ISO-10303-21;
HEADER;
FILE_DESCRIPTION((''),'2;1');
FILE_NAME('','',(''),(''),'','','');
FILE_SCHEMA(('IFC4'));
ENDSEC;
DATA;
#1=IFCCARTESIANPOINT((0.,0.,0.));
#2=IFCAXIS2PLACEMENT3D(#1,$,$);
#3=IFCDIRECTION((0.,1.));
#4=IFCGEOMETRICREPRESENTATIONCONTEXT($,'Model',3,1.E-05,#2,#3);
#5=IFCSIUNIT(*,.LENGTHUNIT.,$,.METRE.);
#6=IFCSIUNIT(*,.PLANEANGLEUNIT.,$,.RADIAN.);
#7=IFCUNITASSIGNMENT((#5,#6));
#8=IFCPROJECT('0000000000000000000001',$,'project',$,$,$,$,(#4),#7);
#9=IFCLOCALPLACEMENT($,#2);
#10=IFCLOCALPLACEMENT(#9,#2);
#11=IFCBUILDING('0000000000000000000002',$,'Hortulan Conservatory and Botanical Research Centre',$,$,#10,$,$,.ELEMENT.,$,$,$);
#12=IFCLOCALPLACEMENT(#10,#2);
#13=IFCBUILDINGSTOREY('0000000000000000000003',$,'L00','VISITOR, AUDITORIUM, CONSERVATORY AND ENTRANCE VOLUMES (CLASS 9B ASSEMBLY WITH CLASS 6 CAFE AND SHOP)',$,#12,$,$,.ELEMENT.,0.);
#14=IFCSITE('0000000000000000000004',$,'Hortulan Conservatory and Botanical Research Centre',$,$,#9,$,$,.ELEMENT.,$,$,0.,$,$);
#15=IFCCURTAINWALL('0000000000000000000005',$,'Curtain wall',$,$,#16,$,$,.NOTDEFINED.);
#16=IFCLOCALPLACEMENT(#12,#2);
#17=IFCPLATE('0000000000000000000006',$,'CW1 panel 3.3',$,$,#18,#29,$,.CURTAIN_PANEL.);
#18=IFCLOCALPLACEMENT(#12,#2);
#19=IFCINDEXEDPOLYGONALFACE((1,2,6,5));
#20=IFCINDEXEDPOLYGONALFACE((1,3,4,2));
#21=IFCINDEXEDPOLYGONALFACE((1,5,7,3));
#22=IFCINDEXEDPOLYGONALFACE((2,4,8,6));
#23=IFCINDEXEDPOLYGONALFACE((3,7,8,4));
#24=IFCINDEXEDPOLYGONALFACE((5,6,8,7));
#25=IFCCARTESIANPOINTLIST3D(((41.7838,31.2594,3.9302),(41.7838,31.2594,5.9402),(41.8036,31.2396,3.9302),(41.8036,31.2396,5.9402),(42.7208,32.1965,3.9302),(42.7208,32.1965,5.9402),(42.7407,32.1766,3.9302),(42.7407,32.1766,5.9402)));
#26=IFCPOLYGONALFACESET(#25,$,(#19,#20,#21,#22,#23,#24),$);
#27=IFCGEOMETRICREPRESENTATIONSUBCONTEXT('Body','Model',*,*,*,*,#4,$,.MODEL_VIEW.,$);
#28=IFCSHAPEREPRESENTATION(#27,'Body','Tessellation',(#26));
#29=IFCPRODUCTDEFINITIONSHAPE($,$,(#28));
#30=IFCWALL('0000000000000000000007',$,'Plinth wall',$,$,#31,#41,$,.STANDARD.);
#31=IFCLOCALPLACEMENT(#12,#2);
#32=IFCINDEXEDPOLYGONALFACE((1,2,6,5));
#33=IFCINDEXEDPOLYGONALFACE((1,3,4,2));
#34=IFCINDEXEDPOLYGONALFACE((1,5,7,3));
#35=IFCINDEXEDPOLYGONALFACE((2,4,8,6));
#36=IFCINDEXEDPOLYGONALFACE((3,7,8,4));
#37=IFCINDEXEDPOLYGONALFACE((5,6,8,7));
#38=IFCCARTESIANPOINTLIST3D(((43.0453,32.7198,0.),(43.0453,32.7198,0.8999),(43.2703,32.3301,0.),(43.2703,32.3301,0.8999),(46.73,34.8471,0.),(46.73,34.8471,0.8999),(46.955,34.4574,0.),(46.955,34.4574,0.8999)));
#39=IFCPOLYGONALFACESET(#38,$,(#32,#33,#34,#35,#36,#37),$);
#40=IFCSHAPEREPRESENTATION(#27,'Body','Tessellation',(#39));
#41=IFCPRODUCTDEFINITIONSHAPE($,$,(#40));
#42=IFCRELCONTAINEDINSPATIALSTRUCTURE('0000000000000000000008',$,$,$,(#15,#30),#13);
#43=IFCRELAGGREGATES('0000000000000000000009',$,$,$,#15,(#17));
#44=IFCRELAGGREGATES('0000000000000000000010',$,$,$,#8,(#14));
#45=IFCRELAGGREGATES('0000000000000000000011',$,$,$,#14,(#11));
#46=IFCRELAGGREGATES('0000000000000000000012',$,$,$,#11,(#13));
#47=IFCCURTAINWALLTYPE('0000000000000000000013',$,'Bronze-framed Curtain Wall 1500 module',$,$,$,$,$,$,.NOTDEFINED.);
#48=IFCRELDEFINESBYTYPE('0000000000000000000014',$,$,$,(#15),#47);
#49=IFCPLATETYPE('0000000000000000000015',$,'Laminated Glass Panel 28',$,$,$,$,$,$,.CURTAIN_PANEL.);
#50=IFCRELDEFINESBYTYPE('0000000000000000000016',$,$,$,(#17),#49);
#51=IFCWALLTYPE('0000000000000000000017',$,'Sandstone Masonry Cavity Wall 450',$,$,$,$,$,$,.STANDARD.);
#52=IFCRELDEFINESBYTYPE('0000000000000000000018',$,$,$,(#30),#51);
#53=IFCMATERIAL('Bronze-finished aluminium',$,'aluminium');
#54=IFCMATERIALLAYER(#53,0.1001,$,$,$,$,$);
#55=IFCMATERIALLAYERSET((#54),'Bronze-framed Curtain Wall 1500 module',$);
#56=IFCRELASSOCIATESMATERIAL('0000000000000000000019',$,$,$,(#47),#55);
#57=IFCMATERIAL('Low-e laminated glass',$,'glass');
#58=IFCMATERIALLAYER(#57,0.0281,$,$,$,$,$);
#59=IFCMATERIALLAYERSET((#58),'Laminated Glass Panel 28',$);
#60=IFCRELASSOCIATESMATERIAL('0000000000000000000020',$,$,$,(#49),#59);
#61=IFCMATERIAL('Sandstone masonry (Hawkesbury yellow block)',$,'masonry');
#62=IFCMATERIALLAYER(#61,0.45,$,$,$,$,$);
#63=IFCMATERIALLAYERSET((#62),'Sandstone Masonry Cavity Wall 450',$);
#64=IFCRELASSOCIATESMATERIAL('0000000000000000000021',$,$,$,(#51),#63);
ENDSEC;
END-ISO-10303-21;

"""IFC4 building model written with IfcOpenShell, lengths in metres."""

from ifc_helpers import new_model, si_unit, direction, frame, frame_2d, origin, origin_2d, place, context, subcontext, project, spatial, rectangle, extrude, material, layer, layer_set, type_object, element, aggregate, save


model = new_model("IFC4")

# Units and contexts
model_context = context("Model", 3, precision=1e-05, world=origin(), true_north=direction((0.0, 1.0)))
body_context = subcontext(model_context, "Body", "Model", "MODEL_VIEW")
ifc_project = project(units=[si_unit("LENGTHUNIT", "METRE"), si_unit("PLANEANGLEUNIT", "RADIAN")], contexts=[model_context])

# Site, building, storey
site_placement = place(None, origin())
site = spatial("IfcSite", under=ifc_project, at=site_placement, Name="Hortulan Conservatory and Botanical Research Centre", CompositionType="ELEMENT", RefElevation=0.0)
building_placement = place(site_placement, origin())
building = spatial("IfcBuilding", under=site, at=building_placement, Name="Hortulan Conservatory and Botanical Research Centre", CompositionType="ELEMENT")
storey_placement = place(building_placement, origin())
storey = spatial("IfcBuildingStorey", under=building, at=storey_placement, Name="L00", Description="VISITOR, AUDITORIUM, CONSERVATORY AND ENTRANCE VOLUMES (CLASS 9B ASSEMBLY WITH CLASS 6 CAFE AND SHOP)", CompositionType="ELEMENT", Elevation=0.0)

# Shared definitions
ifc_material_1 = material(Name="Bronze-finished aluminium", Category="aluminium")
ifc_layer_1 = layer(ifc_material_1, 0.1001)
ifc_layer_set_1 = layer_set([ifc_layer_1], Name="Bronze-framed Curtain Wall 1500 module")
curtain_wall_type = type_object("IfcCurtainWallType", Name="Bronze-framed Curtain Wall 1500 module", PredefinedType="NOTDEFINED", material=ifc_layer_set_1)

# Curtain wall
curtain_wall_1_placement = place(storey_placement, origin())
curtain_wall_1 = element("IfcCurtainWall", 1, at=curtain_wall_1_placement, inside=storey, type_object=curtain_wall_type, Name="Curtain wall", PredefinedType="NOTDEFINED")

# Plate
ifc_material_2 = material(Name="Low-e laminated glass", Category="glass")
ifc_layer_2 = layer(ifc_material_2, 0.0281)
ifc_layer_set_2 = layer_set([ifc_layer_2], Name="Laminated Glass Panel 28")
plate_type = type_object("IfcPlateType", Name="Laminated Glass Panel 28", PredefinedType="CURTAIN_PANEL", material=ifc_layer_set_2)
plate_1_placement = place(storey_placement, frame((42.2622, 31.718, 3.9302), z_axis=(0.0, 0.0, 1.0), x_axis=(0.707095, 0.707119, 0.0)))
plate_1 = element("IfcPlate", 2, at=plate_1_placement, type_object=plate_type, Name="CW1 panel 3.3", PredefinedType="CURTAIN_PANEL", context=body_context, shape_type="SweptSolid", body=[
    extrude(rectangle(XDim=1.3252, YDim=0.0281, at=origin_2d()), origin(), (0.0, 0.0, 1.0), 2.01),
])
aggregate(curtain_wall_1, [plate_1])

# Wall
ifc_material_3 = material(Name="Sandstone masonry (Hawkesbury yellow block)", Category="masonry")
ifc_layer_3 = layer(ifc_material_3, 0.45)
ifc_layer_set_3 = layer_set([ifc_layer_3], Name="Sandstone Masonry Cavity Wall 450")
wall_type = type_object("IfcWallType", Name="Sandstone Masonry Cavity Wall 450", PredefinedType="STANDARD", material=ifc_layer_set_3)
wall_placement = place(storey_placement, frame((43.1577, 32.5249, 0.0), z_axis=(0.0, 0.0, 1.0), x_axis=(0.866035, 0.499984, 0.0)))
element("IfcWall", 3, at=wall_placement, inside=storey, type_object=wall_type, Name="Plinth wall", PredefinedType="STANDARD", context=body_context, shape_type="SweptSolid", body=[
    extrude(rectangle(XDim=4.2546, YDim=0.45, at=frame_2d((2.1274, 0.0))), origin(), (0.0, 0.0, 1.0), 0.8999),
])

save(model, "model.ifc")
